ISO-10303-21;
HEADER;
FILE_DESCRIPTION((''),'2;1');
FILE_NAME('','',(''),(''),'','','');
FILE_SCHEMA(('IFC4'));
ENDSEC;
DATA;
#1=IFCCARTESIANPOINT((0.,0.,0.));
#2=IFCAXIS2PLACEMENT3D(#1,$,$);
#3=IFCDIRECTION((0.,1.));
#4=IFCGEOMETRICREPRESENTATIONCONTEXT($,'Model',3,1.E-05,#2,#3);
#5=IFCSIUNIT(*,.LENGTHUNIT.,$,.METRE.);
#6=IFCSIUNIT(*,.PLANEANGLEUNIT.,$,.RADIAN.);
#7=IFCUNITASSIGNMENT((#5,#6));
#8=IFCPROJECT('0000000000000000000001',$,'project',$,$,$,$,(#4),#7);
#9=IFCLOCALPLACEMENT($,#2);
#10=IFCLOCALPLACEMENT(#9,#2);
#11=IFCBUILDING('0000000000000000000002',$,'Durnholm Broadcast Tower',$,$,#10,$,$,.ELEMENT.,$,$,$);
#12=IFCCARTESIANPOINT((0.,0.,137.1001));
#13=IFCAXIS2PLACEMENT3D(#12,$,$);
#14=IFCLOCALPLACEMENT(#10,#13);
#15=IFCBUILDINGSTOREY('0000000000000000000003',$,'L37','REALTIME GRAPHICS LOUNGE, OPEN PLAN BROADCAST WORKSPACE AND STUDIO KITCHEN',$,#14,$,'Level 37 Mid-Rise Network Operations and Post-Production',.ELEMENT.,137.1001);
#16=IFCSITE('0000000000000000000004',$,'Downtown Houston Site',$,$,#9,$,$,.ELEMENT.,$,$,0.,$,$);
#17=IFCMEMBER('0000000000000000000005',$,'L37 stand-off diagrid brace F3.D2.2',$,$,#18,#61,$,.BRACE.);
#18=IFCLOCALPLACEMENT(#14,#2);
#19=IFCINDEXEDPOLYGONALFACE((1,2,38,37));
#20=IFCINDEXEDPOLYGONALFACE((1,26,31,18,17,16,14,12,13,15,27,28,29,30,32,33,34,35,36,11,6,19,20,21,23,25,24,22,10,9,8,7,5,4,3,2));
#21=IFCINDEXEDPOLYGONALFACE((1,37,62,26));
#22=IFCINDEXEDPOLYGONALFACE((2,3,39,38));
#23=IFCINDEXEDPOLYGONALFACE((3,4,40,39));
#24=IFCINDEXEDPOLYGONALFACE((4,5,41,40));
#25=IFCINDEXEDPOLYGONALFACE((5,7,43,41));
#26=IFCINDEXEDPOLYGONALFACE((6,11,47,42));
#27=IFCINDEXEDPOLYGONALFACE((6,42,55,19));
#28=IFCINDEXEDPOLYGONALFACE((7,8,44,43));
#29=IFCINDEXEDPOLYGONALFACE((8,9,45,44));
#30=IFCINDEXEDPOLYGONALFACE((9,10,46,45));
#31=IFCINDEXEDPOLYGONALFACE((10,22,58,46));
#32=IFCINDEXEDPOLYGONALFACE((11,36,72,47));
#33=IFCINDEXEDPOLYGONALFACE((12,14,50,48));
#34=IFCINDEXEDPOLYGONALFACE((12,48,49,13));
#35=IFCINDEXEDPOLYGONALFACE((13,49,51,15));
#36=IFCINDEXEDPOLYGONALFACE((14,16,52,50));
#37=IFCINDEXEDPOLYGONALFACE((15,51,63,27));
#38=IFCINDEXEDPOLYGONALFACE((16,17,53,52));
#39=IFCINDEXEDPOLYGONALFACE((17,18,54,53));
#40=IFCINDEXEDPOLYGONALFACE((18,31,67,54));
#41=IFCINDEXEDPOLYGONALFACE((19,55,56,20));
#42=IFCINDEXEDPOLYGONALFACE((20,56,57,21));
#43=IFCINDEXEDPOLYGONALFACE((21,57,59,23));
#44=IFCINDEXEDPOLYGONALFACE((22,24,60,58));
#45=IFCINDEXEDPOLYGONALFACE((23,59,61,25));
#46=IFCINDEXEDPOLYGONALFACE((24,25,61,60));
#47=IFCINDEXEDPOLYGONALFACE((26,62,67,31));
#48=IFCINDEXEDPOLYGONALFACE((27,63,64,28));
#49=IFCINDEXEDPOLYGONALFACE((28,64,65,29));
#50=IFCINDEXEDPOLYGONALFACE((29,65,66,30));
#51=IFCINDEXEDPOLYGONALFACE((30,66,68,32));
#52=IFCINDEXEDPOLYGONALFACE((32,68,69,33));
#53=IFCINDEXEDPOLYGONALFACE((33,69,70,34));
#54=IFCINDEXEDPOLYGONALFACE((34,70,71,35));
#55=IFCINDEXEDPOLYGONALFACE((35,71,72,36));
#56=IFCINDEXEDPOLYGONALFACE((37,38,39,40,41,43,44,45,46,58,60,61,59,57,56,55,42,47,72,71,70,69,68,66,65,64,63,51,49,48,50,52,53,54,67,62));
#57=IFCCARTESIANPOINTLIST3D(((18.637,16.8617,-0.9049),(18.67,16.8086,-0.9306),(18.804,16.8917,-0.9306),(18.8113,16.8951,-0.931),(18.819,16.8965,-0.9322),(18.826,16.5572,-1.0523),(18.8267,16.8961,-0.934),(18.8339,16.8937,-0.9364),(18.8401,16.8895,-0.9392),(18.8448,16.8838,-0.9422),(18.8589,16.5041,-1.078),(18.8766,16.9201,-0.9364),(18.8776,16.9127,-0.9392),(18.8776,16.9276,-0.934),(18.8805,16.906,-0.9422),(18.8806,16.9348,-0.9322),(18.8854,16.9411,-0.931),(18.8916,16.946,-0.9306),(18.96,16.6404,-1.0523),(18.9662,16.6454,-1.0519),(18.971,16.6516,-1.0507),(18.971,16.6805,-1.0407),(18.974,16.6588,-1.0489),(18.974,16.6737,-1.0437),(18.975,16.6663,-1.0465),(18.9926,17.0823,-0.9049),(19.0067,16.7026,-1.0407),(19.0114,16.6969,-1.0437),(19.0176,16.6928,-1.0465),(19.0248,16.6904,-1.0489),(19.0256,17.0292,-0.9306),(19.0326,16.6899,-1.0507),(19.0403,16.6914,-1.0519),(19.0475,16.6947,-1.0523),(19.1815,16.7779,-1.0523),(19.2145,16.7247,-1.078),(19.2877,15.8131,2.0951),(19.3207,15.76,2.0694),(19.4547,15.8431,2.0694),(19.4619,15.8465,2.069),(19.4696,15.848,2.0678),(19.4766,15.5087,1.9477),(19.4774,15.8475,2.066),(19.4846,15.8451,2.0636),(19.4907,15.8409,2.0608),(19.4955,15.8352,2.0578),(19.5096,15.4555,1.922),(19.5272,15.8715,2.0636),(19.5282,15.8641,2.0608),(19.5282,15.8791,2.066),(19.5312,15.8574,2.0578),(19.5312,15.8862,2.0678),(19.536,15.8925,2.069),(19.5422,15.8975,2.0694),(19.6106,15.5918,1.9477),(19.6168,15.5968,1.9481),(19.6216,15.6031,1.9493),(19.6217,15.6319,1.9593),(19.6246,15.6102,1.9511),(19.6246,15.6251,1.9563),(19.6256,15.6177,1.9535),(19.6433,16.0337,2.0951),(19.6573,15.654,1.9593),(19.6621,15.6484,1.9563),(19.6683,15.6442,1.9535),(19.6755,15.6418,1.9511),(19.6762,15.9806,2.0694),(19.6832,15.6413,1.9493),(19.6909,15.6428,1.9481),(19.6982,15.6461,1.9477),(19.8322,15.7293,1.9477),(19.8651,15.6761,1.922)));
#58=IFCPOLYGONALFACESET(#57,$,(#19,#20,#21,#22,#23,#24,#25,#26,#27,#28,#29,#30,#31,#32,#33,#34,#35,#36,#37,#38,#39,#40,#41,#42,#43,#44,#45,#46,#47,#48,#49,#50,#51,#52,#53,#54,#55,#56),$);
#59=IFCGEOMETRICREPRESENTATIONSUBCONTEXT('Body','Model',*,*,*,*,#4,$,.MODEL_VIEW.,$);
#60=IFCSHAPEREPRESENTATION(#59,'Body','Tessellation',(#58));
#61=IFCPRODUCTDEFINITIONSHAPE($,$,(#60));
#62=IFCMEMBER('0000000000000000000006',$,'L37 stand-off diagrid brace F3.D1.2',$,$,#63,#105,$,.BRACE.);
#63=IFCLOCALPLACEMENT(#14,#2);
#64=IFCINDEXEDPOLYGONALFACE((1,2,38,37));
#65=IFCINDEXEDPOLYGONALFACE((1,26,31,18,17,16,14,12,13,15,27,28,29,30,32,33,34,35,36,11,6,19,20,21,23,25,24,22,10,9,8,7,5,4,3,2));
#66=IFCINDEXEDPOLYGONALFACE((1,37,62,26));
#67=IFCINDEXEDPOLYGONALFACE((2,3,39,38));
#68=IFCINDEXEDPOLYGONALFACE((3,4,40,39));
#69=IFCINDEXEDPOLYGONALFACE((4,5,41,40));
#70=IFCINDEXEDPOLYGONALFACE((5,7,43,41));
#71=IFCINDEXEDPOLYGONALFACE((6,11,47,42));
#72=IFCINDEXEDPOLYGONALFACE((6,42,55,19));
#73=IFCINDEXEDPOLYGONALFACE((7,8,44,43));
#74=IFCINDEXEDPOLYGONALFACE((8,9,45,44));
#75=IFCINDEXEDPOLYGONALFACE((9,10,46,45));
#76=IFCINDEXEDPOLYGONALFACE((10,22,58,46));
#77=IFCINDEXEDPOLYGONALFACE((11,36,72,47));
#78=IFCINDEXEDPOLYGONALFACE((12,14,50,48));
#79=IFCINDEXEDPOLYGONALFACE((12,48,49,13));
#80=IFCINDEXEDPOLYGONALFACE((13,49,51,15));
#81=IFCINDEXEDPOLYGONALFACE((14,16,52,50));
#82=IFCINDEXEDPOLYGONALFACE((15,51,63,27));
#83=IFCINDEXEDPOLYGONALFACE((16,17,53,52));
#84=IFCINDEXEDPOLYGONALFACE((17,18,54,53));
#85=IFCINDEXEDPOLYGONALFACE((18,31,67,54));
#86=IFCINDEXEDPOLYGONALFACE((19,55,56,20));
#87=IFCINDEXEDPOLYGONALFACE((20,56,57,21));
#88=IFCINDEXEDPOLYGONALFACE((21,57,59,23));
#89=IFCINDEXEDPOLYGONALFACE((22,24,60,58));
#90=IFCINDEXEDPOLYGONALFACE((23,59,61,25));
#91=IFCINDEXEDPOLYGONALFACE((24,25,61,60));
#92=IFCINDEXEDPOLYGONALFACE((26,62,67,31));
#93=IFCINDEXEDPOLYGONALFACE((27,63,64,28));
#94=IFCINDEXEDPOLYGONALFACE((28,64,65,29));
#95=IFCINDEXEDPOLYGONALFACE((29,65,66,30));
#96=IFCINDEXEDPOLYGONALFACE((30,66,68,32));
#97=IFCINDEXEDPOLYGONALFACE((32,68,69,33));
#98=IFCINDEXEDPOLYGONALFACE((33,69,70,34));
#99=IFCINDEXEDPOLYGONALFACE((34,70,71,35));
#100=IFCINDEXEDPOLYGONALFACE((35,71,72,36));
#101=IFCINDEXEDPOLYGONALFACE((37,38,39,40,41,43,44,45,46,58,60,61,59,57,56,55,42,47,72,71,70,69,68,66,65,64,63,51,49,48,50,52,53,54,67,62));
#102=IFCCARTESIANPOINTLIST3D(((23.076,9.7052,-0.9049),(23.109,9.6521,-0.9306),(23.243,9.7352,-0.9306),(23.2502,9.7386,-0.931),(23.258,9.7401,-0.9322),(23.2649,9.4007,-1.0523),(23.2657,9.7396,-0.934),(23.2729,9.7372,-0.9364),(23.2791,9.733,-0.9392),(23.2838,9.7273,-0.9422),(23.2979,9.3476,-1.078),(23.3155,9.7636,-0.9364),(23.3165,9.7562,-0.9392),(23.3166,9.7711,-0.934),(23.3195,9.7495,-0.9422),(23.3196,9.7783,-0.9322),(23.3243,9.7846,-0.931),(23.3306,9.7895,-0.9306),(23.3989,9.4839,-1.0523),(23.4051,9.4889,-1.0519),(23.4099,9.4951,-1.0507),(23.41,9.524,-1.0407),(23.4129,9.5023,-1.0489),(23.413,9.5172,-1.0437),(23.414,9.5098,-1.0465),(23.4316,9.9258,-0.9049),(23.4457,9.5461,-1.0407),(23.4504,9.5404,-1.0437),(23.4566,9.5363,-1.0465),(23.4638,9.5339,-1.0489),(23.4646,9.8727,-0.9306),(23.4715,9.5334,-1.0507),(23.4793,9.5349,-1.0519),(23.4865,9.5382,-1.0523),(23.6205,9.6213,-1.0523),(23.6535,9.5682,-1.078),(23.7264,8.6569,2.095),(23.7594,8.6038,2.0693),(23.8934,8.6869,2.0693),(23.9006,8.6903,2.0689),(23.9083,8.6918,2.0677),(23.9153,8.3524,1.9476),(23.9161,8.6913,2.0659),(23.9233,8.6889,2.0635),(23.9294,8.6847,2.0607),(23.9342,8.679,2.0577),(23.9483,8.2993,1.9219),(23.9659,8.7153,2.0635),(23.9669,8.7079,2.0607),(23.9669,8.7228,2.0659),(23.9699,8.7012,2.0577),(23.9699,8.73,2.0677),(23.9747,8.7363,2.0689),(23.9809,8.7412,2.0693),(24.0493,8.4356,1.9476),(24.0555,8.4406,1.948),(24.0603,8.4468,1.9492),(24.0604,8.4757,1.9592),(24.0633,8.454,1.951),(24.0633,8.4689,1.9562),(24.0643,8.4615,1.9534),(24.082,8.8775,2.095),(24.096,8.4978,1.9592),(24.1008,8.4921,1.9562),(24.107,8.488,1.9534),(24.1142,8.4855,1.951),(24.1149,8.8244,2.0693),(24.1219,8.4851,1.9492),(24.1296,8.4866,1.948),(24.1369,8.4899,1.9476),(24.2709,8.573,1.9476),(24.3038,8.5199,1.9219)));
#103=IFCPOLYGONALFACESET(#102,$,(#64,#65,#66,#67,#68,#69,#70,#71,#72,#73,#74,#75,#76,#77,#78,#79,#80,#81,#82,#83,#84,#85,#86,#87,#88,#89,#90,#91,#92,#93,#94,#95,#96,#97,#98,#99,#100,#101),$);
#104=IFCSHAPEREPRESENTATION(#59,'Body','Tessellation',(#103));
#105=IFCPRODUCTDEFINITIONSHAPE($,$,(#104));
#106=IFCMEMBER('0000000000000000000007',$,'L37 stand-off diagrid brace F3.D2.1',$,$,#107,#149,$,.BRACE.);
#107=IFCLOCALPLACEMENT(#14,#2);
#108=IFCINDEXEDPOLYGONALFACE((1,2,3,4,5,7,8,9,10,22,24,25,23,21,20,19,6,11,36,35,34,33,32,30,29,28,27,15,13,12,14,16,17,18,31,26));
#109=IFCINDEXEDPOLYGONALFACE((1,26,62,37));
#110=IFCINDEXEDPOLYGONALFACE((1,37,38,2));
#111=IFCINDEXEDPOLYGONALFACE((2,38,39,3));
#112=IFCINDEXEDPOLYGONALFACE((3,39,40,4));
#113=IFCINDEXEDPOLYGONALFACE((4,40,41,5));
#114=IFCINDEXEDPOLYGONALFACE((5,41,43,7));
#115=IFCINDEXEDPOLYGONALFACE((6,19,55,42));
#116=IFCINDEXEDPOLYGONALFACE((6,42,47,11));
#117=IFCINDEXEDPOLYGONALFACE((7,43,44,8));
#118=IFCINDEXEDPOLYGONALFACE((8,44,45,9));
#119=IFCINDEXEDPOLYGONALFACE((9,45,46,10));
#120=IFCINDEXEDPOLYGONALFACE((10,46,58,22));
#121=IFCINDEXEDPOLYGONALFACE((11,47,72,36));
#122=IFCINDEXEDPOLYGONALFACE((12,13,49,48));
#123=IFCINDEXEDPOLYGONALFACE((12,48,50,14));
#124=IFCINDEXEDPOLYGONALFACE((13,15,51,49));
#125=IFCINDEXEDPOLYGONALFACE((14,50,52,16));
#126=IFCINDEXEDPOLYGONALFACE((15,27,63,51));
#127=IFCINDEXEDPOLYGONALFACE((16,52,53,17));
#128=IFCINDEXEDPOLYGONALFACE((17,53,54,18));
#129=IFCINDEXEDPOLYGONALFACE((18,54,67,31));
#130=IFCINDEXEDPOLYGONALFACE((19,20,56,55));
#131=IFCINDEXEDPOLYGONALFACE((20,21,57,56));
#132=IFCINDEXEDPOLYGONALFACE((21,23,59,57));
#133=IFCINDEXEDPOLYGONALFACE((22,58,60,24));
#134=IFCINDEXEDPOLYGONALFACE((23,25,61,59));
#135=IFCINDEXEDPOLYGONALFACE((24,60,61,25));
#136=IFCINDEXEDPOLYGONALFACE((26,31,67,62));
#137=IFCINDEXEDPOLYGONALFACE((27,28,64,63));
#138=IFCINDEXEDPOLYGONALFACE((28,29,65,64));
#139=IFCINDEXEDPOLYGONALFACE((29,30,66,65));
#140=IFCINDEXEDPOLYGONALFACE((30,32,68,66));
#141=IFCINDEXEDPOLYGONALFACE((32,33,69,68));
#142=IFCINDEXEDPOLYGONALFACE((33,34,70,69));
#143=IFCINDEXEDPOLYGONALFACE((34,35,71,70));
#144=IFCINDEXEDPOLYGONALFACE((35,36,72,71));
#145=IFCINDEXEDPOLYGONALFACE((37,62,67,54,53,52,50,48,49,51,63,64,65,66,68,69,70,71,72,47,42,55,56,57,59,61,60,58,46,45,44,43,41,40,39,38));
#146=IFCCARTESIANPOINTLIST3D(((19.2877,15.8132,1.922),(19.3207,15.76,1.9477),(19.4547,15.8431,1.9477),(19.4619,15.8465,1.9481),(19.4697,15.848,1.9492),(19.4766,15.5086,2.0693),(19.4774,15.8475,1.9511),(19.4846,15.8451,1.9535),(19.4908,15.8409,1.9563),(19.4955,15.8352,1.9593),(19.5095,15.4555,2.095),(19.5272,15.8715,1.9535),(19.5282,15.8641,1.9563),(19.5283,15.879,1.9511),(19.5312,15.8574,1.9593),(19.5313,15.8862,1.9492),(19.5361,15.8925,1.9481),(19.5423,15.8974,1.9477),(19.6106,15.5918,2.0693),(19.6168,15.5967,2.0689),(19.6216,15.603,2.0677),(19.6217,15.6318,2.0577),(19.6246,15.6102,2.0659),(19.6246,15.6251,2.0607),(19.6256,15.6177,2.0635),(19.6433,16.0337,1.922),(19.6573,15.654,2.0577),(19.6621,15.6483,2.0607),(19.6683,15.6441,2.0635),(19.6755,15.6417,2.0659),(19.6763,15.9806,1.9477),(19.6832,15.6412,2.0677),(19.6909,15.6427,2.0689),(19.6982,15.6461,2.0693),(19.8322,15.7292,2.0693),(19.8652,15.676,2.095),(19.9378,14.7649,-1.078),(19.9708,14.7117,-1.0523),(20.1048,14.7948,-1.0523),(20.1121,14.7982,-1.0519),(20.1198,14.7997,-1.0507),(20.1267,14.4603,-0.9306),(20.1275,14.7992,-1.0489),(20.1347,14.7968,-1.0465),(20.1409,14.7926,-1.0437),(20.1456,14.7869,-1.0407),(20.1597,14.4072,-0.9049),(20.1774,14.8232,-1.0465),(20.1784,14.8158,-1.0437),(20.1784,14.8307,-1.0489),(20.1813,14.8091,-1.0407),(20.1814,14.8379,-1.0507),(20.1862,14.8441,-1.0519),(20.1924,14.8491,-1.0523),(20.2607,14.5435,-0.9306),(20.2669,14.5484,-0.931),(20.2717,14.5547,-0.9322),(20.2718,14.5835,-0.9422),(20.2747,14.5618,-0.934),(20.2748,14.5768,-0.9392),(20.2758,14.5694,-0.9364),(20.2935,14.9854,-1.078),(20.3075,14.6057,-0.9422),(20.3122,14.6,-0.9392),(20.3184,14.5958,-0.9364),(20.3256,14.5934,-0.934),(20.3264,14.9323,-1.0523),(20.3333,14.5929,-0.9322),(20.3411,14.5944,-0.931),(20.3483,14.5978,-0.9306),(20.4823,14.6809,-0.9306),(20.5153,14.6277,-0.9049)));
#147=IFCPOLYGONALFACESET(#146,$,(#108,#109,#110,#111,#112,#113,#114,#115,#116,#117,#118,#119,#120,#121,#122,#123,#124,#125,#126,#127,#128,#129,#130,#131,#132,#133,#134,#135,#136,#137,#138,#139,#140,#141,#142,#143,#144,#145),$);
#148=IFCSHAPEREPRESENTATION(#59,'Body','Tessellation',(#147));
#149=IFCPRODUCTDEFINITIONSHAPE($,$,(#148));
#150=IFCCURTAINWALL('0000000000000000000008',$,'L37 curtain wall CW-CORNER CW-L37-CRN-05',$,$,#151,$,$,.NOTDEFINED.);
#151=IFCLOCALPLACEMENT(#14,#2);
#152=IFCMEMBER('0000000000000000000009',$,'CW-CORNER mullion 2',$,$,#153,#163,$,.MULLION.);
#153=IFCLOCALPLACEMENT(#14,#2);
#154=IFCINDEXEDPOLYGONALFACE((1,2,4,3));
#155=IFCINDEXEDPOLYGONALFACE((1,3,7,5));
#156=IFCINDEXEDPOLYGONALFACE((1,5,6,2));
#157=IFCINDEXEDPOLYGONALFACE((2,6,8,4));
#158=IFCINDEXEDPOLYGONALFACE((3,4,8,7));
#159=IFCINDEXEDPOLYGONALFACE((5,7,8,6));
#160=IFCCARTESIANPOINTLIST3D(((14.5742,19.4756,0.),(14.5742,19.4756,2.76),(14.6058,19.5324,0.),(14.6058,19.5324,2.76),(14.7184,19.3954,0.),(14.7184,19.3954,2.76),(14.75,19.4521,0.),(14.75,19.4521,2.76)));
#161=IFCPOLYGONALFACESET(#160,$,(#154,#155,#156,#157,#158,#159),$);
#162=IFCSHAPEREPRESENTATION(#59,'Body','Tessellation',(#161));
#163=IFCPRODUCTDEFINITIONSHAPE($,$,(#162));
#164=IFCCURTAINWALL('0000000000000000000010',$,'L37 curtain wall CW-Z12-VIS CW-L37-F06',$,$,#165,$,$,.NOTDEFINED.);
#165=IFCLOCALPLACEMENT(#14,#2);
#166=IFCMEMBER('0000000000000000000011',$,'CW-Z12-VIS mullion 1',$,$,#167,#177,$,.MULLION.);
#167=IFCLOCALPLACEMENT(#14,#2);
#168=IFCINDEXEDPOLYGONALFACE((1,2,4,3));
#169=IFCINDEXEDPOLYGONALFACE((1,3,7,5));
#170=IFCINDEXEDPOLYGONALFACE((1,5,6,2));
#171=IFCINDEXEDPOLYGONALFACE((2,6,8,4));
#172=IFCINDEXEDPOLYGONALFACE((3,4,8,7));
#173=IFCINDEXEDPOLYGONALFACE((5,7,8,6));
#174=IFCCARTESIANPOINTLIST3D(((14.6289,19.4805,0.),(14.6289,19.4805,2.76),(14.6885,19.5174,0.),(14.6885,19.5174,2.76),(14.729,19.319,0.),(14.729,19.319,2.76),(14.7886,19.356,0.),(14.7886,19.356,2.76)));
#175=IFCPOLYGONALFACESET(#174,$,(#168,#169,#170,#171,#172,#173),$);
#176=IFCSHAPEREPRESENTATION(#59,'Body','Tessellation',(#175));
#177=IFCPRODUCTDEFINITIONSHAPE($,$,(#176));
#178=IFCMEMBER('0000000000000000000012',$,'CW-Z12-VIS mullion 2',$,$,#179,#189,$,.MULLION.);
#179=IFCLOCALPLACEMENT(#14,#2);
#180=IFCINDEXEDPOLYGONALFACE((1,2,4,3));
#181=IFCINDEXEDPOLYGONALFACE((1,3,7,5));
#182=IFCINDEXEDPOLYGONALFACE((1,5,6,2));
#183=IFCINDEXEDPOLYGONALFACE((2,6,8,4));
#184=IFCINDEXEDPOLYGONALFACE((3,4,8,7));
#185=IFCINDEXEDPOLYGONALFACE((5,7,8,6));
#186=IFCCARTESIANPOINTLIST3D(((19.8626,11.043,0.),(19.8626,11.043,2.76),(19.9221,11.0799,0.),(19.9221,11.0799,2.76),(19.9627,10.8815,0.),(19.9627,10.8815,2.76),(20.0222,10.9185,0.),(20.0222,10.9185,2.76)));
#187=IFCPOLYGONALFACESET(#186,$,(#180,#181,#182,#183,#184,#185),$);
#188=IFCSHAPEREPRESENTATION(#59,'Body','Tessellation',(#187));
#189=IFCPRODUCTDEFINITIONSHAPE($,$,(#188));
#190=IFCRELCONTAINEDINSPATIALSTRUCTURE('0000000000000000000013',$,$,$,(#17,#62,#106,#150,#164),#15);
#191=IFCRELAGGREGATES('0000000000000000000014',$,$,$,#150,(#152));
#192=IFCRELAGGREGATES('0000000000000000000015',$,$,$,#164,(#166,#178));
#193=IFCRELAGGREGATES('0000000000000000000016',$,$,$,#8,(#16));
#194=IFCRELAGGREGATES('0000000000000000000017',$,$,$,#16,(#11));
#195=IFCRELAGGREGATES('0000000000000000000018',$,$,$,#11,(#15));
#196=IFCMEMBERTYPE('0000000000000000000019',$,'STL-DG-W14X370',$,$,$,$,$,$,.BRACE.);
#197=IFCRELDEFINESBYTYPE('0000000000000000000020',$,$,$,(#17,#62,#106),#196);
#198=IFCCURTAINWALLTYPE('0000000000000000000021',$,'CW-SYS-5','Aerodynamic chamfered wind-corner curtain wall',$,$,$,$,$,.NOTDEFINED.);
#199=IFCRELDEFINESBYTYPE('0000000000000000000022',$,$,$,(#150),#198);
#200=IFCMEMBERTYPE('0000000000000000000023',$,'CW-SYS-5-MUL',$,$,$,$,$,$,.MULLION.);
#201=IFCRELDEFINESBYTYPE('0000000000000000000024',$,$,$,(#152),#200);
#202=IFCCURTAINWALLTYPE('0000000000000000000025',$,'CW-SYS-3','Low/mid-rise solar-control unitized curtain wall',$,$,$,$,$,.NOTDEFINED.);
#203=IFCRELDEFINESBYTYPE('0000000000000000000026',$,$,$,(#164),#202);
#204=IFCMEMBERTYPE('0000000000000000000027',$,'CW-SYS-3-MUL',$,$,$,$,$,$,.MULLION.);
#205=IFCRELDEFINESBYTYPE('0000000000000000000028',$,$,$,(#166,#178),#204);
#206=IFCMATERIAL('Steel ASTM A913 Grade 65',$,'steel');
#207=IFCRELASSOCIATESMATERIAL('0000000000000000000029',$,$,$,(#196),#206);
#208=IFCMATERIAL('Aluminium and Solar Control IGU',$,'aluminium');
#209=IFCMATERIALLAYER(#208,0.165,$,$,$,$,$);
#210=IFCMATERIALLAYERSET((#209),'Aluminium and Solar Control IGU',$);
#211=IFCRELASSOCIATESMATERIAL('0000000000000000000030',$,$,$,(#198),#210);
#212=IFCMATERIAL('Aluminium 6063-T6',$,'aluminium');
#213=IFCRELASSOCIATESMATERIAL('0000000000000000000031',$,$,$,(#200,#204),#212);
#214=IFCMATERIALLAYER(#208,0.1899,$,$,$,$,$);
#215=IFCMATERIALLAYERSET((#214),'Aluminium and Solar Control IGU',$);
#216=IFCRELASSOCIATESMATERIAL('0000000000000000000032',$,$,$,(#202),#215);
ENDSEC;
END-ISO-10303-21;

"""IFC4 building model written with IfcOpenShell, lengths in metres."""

from ifc_helpers import new_model, si_unit, direction, frame, origin, origin_2d, place, context, subcontext, project, spatial, rectangle, i_section, extrude, source, transform, mapped, material, layer, layer_set, material_profile, profile_set, type_object, type_shapes, element, aggregate, save


model = new_model("IFC4")

# Units and contexts
model_context = context("Model", 3, precision=1e-05, world=origin(), true_north=direction((0.0, 1.0)))
body_context = subcontext(model_context, "Body", "Model", "MODEL_VIEW")
ifc_project = project(units=[si_unit("LENGTHUNIT", "METRE"), si_unit("PLANEANGLEUNIT", "RADIAN")], contexts=[model_context])

# Site, building, storey
site_placement = place(None, origin())
site = spatial("IfcSite", under=ifc_project, at=site_placement, Name="Downtown Houston Site", CompositionType="ELEMENT", RefElevation=0.0)
building_placement = place(site_placement, origin())
building = spatial("IfcBuilding", under=site, at=building_placement, Name="Durnholm Broadcast Tower", CompositionType="ELEMENT")
storey_placement = place(building_placement, frame((0.0, 0.0, 137.1001)))
storey = spatial("IfcBuildingStorey", under=building, at=storey_placement, Name="L37", Description="REALTIME GRAPHICS LOUNGE, OPEN PLAN BROADCAST WORKSPACE AND STUDIO KITCHEN", LongName="Level 37 Mid-Rise Network Operations and Post-Production", CompositionType="ELEMENT", Elevation=137.1001)

# Members
ifc_material_1 = material(Name="Steel ASTM A913 Grade 65", Category="steel")
ifc_material_profile_1 = material_profile(ifc_material_1, i_section(OverallWidth=0.4185, OverallDepth=0.4551, WebThickness=0.042, FlangeThickness=0.0676, FilletRadius=0.0305, at=origin_2d()), Name="W14X370")
ifc_profile_set_1 = profile_set([ifc_material_profile_1], Name="Steel ASTM A913 Grade 65")
member_type_1 = type_object("IfcMemberType", Name="STL-DG-W14X370", PredefinedType="BRACE", material=ifc_profile_set_1)
shared_shape_1 = source(origin(), body_context, "Body", "SweptSolid", [
    extrude(i_section(OverallWidth=0.4185, OverallDepth=0.4551, WebThickness=0.042, FlangeThickness=0.0676, FilletRadius=0.0305, at=origin_2d()), origin(), (0.0, 0.0, 1.0), 3.2439),
])
for number, where, z_axis, x_axis, name in (
    (1, (18.9258, 16.7932, -0.9915), (0.200572, -0.323248, 0.924814), (0.849717, 0.52724, 0.0), "L37 stand-off diagrid brace F3.D2.2"),
):
    element("IfcMember", number, at=place(storey_placement, frame(where, z_axis=z_axis, x_axis=x_axis)), inside=storey, type_object=member_type_1, Name=name, PredefinedType="BRACE", context=body_context, shape_type="MappedRepresentation", body=[
        mapped(shared_shape_1, transform((0.0, 0.0, 0.0), x_axis=(1.0, 0.0, 0.0), y_axis=(0.0, 1.0, 0.0), z_axis=(0.0, 0.0, 1.0), scale=1.0)),
    ])
shared_shape_2 = source(origin(), body_context, "Body", "SweptSolid", [
    extrude(i_section(OverallWidth=0.4185, OverallDepth=0.4551, WebThickness=0.042, FlangeThickness=0.0676, FilletRadius=0.0305, at=origin_2d()), origin(), (0.0, 0.0, 1.0), 3.2437),
])
type_shapes(member_type_1, [shared_shape_1, shared_shape_2])
for number, where, z_axis, x_axis, name in (
    (2, (23.3647, 9.6367, -0.9915), (0.200505, -0.323186, 0.924851), (0.84975, 0.527186, 0.0), "L37 stand-off diagrid brace F3.D1.2"),
    (3, (20.2266, 14.6963, -0.9915), (-0.200432, 0.323191, 0.924865), (-0.849839, -0.527043, 0.0), "L37 stand-off diagrid brace F3.D2.1"),
):
    element("IfcMember", number, at=place(storey_placement, frame(where, z_axis=z_axis, x_axis=x_axis)), inside=storey, type_object=member_type_1, Name=name, PredefinedType="BRACE", context=body_context, shape_type="MappedRepresentation", body=[
        mapped(shared_shape_2, transform((0.0, 0.0, 0.0), x_axis=(1.0, 0.0, 0.0), y_axis=(0.0, 1.0, 0.0), z_axis=(0.0, 0.0, 1.0), scale=1.0)),
    ])

# Curtain wall, member
ifc_material_2 = material(Name="Aluminium and Solar Control IGU", Category="aluminium")
ifc_layer_1 = layer(ifc_material_2, 0.165)
ifc_layer_set_1 = layer_set([ifc_layer_1], Name="Aluminium and Solar Control IGU")
curtain_wall_type_1 = type_object("IfcCurtainWallType", Name="CW-SYS-5", Description="Aerodynamic chamfered wind-corner curtain wall", PredefinedType="NOTDEFINED", material=ifc_layer_set_1)
curtain_wall_1_placement = place(storey_placement, origin())
curtain_wall_1 = element("IfcCurtainWall", 4, at=curtain_wall_1_placement, inside=storey, type_object=curtain_wall_type_1, Name="L37 curtain wall CW-CORNER CW-L37-CRN-05", PredefinedType="NOTDEFINED")
ifc_material_3 = material(Name="Aluminium 6063-T6", Category="aluminium")
ifc_material_profile_2 = material_profile(ifc_material_3, rectangle(XDim=0.0649, YDim=0.165, at=origin_2d()), Name="CWM65X165")
ifc_profile_set_2 = profile_set([ifc_material_profile_2], Name="Aluminium 6063-T6")
member_type_2 = type_object("IfcMemberType", Name="CW-SYS-5-MUL", PredefinedType="MULLION", material=ifc_profile_set_2)
shared_shape_3 = source(origin(), body_context, "Body", "SweptSolid", [
    extrude(rectangle(XDim=0.0649, YDim=0.165, at=origin_2d()), origin(), (0.0, 0.0, 1.0), 2.76),
])
type_shapes(member_type_2, [shared_shape_3])
member_1_placement = place(storey_placement, frame((14.6621, 19.4639, 0.0), z_axis=(0.0, 0.0, 1.0), x_axis=(0.486244, 0.873823, 0.0)))
member_1 = element("IfcMember", 5, at=member_1_placement, type_object=member_type_2, Name="CW-CORNER mullion 2", PredefinedType="MULLION", context=body_context, shape_type="MappedRepresentation", body=[
    mapped(shared_shape_3, transform((0.0, 0.0, 0.0), x_axis=(1.0, 0.0, 0.0), y_axis=(0.0, 1.0, 0.0), z_axis=(0.0, 0.0, 1.0), scale=1.0)),
])

# Curtain wall, members
ifc_layer_2 = layer(ifc_material_2, 0.1899)
ifc_layer_set_2 = layer_set([ifc_layer_2], Name="Aluminium and Solar Control IGU")
curtain_wall_type_2 = type_object("IfcCurtainWallType", Name="CW-SYS-3", Description="Low/mid-rise solar-control unitized curtain wall", PredefinedType="NOTDEFINED", material=ifc_layer_set_2)
curtain_wall_2_placement = place(storey_placement, origin())
curtain_wall_2 = element("IfcCurtainWall", 6, at=curtain_wall_2_placement, inside=storey, type_object=curtain_wall_type_2, Name="L37 curtain wall CW-Z12-VIS CW-L37-F06", PredefinedType="NOTDEFINED")
ifc_material_profile_3 = material_profile(ifc_material_3, rectangle(XDim=0.0701, YDim=0.1899, at=origin_2d()), Name="CWM70X190")
ifc_profile_set_3 = profile_set([ifc_material_profile_3], Name="Aluminium 6063-T6")
member_type_3 = type_object("IfcMemberType", Name="CW-SYS-3-MUL", PredefinedType="MULLION", material=ifc_profile_set_3)
shared_shape_4 = source(origin(), body_context, "Body", "SweptSolid", [
    extrude(rectangle(XDim=0.0701, YDim=0.1899, at=origin_2d()), origin(), (0.0, 0.0, 1.0), 2.76),
])
type_shapes(member_type_3, [shared_shape_4])
member_2_placement = place(storey_placement, frame((14.7087, 19.4182, 0.0), z_axis=(0.0, 0.0, 1.0), x_axis=(0.8498, 0.527105, 0.0)))
member_2 = element("IfcMember", 7, at=member_2_placement, type_object=member_type_3, Name="CW-Z12-VIS mullion 1", PredefinedType="MULLION", context=body_context, shape_type="MappedRepresentation", body=[
    mapped(shared_shape_4, transform((0.0, 0.0, 0.0), x_axis=(1.0, 0.0, 0.0), y_axis=(0.0, 1.0, 0.0), z_axis=(0.0, 0.0, 1.0), scale=1.0)),
])
member_3_placement = place(storey_placement, frame((19.9424, 10.9807, 0.0), z_axis=(0.0, 0.0, 1.0), x_axis=(0.8498, 0.527105, 0.0)))
member_3 = element("IfcMember", 8, at=member_3_placement, type_object=member_type_3, Name="CW-Z12-VIS mullion 2", PredefinedType="MULLION", context=body_context, shape_type="MappedRepresentation", body=[
    mapped(shared_shape_4, transform((0.0, 0.0, 0.0), x_axis=(1.0, 0.0, 0.0), y_axis=(0.0, 1.0, 0.0), z_axis=(0.0, 0.0, 1.0), scale=1.0)),
])

aggregate(curtain_wall_1, [member_1])
aggregate(curtain_wall_2, [member_2, member_3])

save(model, "model.ifc")
